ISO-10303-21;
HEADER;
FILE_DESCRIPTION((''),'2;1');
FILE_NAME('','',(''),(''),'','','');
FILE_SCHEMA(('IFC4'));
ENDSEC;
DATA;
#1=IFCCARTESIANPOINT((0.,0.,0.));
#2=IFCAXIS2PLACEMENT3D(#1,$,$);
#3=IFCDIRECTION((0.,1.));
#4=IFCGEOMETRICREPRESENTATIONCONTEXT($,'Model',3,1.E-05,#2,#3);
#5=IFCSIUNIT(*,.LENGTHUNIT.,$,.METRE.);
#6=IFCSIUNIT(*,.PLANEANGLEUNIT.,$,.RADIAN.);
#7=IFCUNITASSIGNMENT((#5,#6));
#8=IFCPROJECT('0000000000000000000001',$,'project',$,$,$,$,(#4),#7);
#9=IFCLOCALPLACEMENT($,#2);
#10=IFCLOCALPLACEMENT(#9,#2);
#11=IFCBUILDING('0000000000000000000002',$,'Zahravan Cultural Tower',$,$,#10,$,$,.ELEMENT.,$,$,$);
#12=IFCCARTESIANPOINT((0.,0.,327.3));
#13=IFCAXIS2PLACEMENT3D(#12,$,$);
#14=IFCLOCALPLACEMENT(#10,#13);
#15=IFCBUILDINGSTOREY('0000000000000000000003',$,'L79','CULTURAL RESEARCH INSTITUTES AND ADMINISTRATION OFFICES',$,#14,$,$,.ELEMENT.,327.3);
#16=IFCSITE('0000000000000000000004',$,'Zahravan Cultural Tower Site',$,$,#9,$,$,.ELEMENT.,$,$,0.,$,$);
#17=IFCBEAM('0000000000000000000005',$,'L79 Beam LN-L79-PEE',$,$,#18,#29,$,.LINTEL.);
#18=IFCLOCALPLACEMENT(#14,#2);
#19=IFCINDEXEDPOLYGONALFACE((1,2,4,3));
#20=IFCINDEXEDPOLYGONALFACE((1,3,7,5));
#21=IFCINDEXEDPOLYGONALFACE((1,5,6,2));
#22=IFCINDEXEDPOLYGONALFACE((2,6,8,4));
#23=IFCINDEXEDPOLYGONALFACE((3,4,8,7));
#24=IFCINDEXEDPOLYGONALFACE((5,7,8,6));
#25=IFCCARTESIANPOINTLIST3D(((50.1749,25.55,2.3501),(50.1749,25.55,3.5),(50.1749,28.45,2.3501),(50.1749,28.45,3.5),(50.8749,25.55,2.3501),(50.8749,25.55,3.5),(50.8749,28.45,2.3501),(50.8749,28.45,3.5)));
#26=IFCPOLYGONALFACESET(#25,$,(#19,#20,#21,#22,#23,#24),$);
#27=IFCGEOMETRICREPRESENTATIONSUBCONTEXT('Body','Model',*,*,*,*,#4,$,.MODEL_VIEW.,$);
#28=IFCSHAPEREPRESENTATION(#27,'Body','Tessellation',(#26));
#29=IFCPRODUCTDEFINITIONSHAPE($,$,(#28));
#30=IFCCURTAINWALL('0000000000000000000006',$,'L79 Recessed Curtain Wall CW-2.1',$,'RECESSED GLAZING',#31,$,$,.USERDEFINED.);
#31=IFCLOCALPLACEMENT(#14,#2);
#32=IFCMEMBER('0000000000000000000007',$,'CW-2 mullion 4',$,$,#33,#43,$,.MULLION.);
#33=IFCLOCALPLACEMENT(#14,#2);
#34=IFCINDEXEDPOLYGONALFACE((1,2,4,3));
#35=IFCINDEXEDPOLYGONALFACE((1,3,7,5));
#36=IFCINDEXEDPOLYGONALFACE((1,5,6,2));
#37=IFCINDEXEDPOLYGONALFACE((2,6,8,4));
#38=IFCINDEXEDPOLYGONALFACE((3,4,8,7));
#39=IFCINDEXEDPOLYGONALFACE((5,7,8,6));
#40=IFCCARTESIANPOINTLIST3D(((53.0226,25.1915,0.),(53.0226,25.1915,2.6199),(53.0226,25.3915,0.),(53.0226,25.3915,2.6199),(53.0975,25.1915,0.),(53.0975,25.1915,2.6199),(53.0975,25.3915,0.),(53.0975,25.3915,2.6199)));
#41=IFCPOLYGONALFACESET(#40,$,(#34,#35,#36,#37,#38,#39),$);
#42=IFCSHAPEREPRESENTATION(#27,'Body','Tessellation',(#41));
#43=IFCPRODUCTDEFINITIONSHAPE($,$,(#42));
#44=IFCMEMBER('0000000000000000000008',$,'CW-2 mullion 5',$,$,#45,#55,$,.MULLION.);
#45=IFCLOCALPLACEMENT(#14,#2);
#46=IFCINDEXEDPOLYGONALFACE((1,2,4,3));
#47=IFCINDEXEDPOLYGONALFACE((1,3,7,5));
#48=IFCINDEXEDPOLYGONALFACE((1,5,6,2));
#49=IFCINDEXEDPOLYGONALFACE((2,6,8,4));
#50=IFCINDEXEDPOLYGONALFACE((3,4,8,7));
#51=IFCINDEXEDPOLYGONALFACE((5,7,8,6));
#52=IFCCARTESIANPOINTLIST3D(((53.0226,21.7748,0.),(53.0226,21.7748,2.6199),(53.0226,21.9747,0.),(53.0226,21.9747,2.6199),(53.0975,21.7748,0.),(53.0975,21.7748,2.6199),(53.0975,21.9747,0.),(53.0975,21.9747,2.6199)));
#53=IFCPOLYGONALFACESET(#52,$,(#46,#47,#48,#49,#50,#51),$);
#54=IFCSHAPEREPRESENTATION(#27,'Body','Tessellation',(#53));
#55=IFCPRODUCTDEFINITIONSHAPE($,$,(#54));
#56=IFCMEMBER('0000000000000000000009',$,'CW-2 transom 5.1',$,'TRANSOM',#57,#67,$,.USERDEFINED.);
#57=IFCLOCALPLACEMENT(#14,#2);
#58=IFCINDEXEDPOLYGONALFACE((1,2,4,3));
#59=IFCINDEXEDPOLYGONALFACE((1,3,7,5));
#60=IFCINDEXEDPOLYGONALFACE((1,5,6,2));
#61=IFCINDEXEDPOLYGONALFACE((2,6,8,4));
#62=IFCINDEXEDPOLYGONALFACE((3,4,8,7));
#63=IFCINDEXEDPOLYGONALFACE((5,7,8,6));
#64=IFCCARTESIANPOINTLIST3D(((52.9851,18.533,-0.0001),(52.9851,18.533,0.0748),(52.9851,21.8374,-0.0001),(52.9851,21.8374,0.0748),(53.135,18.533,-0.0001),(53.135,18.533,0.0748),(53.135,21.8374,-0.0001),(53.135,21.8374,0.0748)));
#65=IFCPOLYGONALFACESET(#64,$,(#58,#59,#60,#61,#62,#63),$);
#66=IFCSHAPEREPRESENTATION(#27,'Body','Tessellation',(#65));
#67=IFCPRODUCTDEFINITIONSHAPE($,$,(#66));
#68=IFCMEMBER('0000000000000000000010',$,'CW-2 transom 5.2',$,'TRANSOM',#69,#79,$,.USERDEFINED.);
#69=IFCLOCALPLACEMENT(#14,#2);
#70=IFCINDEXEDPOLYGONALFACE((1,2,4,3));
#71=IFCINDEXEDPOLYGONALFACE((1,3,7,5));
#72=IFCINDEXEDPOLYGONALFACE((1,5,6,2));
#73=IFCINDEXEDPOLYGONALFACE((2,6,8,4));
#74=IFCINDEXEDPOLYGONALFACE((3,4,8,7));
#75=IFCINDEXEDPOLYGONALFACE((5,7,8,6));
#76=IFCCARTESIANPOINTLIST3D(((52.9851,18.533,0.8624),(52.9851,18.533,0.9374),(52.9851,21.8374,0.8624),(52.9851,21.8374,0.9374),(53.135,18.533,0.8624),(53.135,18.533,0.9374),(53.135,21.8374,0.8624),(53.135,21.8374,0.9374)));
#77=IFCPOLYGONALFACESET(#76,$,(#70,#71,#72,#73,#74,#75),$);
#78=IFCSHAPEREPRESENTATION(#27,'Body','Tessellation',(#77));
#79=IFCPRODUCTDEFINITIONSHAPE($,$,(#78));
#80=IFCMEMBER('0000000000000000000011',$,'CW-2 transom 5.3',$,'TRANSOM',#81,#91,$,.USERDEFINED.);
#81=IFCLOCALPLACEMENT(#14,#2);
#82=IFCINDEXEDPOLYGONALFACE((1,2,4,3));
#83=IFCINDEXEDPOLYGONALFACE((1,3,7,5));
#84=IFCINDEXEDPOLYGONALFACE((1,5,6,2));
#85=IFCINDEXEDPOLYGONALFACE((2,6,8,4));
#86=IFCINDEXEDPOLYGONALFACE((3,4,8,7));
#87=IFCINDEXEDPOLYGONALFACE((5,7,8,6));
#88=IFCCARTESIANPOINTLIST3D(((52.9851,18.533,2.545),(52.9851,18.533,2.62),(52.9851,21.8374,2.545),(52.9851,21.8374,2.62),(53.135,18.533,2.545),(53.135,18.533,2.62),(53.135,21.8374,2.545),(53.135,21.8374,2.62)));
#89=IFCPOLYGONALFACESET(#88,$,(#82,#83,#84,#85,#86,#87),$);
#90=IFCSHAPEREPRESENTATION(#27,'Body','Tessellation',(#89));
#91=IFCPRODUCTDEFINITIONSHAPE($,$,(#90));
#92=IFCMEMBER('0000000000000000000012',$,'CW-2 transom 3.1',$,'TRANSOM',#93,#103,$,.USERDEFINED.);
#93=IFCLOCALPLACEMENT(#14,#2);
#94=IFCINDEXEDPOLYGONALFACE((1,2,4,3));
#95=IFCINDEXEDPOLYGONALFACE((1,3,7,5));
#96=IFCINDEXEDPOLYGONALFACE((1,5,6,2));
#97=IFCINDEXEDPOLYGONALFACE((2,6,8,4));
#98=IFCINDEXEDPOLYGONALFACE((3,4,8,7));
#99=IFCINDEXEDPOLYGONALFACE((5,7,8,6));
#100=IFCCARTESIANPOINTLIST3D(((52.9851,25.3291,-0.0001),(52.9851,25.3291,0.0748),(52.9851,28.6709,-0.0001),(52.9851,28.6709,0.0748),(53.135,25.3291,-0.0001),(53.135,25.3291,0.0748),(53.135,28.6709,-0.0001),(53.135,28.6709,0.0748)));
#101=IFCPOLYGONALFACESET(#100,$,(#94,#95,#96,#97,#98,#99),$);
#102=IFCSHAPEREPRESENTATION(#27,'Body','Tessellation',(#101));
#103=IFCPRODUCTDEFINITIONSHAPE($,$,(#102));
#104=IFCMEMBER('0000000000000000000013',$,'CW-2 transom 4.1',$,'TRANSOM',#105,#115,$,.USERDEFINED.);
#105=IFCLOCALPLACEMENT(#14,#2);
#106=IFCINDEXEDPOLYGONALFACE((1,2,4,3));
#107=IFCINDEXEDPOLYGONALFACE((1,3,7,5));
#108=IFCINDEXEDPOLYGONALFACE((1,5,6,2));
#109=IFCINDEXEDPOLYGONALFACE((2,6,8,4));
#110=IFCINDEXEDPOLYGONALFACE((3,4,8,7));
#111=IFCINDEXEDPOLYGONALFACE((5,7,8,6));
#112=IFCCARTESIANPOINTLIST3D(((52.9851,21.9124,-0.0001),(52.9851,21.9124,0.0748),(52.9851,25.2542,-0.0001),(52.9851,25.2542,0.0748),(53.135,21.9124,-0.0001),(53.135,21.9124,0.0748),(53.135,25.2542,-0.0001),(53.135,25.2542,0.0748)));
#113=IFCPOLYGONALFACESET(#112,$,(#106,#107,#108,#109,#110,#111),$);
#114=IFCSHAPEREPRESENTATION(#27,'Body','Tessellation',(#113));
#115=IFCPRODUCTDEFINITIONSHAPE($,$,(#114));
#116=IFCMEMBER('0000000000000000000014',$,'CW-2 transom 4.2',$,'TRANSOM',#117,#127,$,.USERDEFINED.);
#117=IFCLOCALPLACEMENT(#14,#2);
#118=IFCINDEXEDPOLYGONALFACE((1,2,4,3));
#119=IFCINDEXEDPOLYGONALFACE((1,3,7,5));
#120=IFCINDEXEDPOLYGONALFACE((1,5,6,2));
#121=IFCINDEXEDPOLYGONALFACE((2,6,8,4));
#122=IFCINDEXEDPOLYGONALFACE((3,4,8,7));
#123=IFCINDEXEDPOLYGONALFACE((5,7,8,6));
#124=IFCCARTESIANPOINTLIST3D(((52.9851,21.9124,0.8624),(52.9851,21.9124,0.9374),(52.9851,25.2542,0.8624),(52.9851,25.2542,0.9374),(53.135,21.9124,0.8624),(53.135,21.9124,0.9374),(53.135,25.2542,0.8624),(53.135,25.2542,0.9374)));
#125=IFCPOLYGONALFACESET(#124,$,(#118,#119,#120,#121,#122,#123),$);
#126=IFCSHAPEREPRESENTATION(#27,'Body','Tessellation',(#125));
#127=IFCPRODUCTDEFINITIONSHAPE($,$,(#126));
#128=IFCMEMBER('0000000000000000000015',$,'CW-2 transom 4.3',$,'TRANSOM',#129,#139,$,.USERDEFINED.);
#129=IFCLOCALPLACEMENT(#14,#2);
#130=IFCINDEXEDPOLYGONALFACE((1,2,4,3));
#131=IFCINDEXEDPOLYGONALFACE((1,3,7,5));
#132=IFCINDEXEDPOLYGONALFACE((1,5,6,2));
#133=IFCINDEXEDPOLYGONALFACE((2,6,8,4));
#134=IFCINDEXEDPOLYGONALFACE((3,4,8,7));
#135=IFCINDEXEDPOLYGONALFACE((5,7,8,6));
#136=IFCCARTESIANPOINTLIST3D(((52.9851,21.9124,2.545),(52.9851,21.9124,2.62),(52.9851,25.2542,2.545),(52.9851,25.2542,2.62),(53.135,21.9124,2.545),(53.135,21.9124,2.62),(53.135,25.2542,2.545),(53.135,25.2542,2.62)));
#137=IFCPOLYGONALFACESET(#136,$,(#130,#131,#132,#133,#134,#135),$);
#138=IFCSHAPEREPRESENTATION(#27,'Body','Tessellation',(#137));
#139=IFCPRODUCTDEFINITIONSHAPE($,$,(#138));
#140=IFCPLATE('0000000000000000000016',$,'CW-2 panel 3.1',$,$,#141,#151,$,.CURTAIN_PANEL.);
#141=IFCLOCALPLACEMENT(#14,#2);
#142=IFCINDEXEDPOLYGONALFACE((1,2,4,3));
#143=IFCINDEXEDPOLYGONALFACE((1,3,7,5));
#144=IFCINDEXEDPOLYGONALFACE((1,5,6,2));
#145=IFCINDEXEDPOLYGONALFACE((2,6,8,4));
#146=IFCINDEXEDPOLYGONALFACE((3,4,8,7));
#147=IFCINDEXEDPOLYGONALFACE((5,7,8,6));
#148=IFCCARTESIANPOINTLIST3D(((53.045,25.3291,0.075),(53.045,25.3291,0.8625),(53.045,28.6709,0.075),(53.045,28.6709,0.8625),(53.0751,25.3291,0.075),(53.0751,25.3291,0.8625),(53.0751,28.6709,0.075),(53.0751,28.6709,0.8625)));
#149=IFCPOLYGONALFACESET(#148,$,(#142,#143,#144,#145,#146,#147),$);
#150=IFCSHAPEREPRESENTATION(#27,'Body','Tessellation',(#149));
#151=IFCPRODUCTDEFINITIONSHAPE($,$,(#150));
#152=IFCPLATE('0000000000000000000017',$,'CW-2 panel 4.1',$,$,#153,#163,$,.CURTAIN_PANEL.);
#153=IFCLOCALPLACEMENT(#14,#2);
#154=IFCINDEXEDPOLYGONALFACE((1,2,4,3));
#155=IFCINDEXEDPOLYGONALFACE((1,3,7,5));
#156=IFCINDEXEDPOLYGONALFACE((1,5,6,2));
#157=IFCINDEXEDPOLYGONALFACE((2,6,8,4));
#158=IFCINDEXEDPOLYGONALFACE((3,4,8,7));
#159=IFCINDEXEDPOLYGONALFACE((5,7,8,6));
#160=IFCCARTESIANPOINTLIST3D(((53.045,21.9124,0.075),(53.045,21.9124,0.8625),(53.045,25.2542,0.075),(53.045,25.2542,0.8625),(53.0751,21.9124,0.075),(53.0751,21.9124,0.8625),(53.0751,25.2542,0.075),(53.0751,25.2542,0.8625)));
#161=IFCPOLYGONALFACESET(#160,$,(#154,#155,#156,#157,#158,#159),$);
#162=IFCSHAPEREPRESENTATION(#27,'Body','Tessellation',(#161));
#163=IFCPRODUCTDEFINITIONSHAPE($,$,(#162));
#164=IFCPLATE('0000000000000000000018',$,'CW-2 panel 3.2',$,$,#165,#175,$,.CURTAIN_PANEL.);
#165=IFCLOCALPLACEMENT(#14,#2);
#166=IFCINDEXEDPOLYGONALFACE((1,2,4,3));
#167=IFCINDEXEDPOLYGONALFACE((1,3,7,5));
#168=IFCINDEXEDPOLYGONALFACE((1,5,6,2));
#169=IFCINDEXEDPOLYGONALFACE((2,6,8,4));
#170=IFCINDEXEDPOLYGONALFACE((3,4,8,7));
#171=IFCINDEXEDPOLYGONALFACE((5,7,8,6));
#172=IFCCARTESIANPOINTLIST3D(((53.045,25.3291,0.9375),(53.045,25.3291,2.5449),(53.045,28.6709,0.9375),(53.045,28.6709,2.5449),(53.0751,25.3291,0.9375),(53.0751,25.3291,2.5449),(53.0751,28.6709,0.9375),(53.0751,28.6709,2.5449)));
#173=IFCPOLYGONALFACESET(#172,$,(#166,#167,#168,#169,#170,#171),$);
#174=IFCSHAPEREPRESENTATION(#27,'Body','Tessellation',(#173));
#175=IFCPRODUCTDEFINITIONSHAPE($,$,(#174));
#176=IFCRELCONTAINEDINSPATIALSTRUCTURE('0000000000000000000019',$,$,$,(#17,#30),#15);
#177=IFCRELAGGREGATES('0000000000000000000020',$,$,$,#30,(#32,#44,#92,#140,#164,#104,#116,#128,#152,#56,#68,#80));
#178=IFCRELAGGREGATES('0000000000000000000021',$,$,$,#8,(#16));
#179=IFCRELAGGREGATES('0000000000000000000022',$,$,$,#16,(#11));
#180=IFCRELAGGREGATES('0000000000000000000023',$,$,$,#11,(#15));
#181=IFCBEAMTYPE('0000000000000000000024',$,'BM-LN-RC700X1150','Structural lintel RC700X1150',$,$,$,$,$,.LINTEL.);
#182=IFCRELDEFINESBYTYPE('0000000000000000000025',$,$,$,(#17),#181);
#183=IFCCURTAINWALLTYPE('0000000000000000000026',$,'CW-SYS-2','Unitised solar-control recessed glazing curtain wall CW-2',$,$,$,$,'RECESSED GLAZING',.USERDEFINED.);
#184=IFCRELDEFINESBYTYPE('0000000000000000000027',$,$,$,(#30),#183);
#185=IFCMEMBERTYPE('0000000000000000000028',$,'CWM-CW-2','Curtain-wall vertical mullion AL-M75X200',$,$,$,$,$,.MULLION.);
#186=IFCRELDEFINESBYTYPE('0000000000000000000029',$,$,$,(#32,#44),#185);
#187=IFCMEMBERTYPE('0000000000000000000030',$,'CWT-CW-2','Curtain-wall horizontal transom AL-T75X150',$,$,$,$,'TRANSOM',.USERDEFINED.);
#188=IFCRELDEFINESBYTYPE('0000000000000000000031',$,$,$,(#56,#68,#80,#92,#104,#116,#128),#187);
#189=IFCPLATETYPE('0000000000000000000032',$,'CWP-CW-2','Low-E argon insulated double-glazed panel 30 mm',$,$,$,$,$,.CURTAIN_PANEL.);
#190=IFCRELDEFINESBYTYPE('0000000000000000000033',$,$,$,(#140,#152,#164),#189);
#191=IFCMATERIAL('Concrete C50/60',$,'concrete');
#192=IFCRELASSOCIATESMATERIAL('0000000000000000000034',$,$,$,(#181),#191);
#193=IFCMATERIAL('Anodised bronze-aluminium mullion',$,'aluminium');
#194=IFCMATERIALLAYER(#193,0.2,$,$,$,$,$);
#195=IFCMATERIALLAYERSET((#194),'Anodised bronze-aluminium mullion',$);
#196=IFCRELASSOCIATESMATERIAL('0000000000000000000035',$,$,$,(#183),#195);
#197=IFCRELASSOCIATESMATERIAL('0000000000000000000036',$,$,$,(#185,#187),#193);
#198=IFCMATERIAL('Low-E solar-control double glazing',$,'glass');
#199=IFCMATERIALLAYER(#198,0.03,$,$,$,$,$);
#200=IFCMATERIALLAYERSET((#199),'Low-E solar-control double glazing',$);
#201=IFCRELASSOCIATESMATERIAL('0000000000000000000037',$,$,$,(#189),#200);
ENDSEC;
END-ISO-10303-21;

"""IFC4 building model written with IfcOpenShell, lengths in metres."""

from ifc_helpers import new_model, si_unit, direction, frame, origin, origin_2d, place, context, subcontext, project, spatial, rectangle, extrude, source, transform, mapped, material, layer, layer_set, material_profile, profile_set, type_object, element, aggregate, save


model = new_model("IFC4")

# Units and contexts
model_context = context("Model", 3, precision=1e-05, world=origin(), true_north=direction((0.0, 1.0)))
body_context = subcontext(model_context, "Body", "Model", "MODEL_VIEW")
ifc_project = project(units=[si_unit("LENGTHUNIT", "METRE"), si_unit("PLANEANGLEUNIT", "RADIAN")], contexts=[model_context])

# Site, building, storey
site_placement = place(None, origin())
site = spatial("IfcSite", under=ifc_project, at=site_placement, Name="Zahravan Cultural Tower Site", CompositionType="ELEMENT", RefElevation=0.0)
building_placement = place(site_placement, origin())
building = spatial("IfcBuilding", under=site, at=building_placement, Name="Zahravan Cultural Tower", CompositionType="ELEMENT")
storey_placement = place(building_placement, frame((0.0, 0.0, 327.3)))
storey = spatial("IfcBuildingStorey", under=building, at=storey_placement, Name="L79", Description="CULTURAL RESEARCH INSTITUTES AND ADMINISTRATION OFFICES", CompositionType="ELEMENT", Elevation=327.3)

# Beam
ifc_material_1 = material(Name="Concrete C50/60", Category="concrete")
ifc_material_profile_1 = material_profile(ifc_material_1, rectangle(XDim=0.7, YDim=1.1499, at=origin_2d()), Name="RC700X1150")
ifc_profile_set_1 = profile_set([ifc_material_profile_1], Name="Concrete C50/60")
beam_type = type_object("IfcBeamType", Name="BM-LN-RC700X1150", Description="Structural lintel RC700X1150", PredefinedType="LINTEL", material=ifc_profile_set_1)
shared_shape_1 = source(origin(), body_context, "Body", "SweptSolid", [
    extrude(rectangle(XDim=0.7, YDim=1.1499, at=origin_2d()), origin(), (0.0, 0.0, 1.0), 2.8999),
])
beam_placement = place(storey_placement, frame((50.5249, 25.55, 2.925), z_axis=(0.0, 1.0, 0.0), x_axis=(-1.0, 0.0, 0.0)))
element("IfcBeam", 1, at=beam_placement, inside=storey, type_object=beam_type, Name="L79 Beam LN-L79-PEE", PredefinedType="LINTEL", context=body_context, shape_type="MappedRepresentation", body=[
    mapped(shared_shape_1, transform((0.0, 0.0, 0.0), x_axis=(1.0, 0.0, 0.0), y_axis=(0.0, 1.0, 0.0), z_axis=(0.0, 0.0, 1.0), scale=1.0)),
])

# Curtain wall, members, plates
ifc_material_2 = material(Name="Anodised bronze-aluminium mullion", Category="aluminium")
ifc_layer_1 = layer(ifc_material_2, 0.2)
ifc_layer_set_1 = layer_set([ifc_layer_1], Name="Anodised bronze-aluminium mullion")
curtain_wall_type = type_object("IfcCurtainWallType", Name="CW-SYS-2", Description="Unitised solar-control recessed glazing curtain wall CW-2", ElementType="RECESSED GLAZING", PredefinedType="USERDEFINED", material=ifc_layer_set_1)
curtain_wall_placement = place(storey_placement, origin())
curtain_wall = element("IfcCurtainWall", 2, at=curtain_wall_placement, inside=storey, type_object=curtain_wall_type, Name="L79 Recessed Curtain Wall CW-2.1", ObjectType="RECESSED GLAZING", PredefinedType="USERDEFINED")
ifc_material_profile_2 = material_profile(ifc_material_2, rectangle(XDim=0.075, YDim=0.2, at=origin_2d()), Name="AL-M75X200")
ifc_profile_set_2 = profile_set([ifc_material_profile_2], Name="Anodised bronze-aluminium mullion")
member_type_1 = type_object("IfcMemberType", Name="CWM-CW-2", Description="Curtain-wall vertical mullion AL-M75X200", PredefinedType="MULLION", material=ifc_profile_set_2)
shared_shape_2 = source(origin(), body_context, "Body", "SweptSolid", [
    extrude(rectangle(XDim=0.075, YDim=0.2, at=origin_2d()), origin(), (0.0, 0.0, 1.0), 2.6199),
])
member_1_placement = place(storey_placement, frame((53.0601, 25.2915, 0.0), z_axis=(0.0, 0.0, 1.0), x_axis=(1.0, 0.0, 0.0)))
member_1 = element("IfcMember", 3, at=member_1_placement, type_object=member_type_1, Name="CW-2 mullion 4", PredefinedType="MULLION", context=body_context, shape_type="MappedRepresentation", body=[
    mapped(shared_shape_2, transform((0.0, 0.0, 0.0), x_axis=(1.0, 0.0, 0.0), y_axis=(0.0, 1.0, 0.0), z_axis=(0.0, 0.0, 1.0), scale=1.0)),
])
member_2_placement = place(storey_placement, frame((53.0601, 21.8748, 0.0), z_axis=(0.0, 0.0, 1.0), x_axis=(1.0, 0.0, 0.0)))
member_2 = element("IfcMember", 4, at=member_2_placement, type_object=member_type_1, Name="CW-2 mullion 5", PredefinedType="MULLION", context=body_context, shape_type="MappedRepresentation", body=[
    mapped(shared_shape_2, transform((0.0, 0.0, 0.0), x_axis=(1.0, 0.0, 0.0), y_axis=(0.0, 1.0, 0.0), z_axis=(0.0, 0.0, 1.0), scale=1.0)),
])
ifc_material_profile_3 = material_profile(ifc_material_2, rectangle(XDim=0.1499, YDim=0.075, at=origin_2d()), Name="AL-T75X150")
ifc_profile_set_3 = profile_set([ifc_material_profile_3], Name="Anodised bronze-aluminium mullion")
member_type_2 = type_object("IfcMemberType", Name="CWT-CW-2", Description="Curtain-wall horizontal transom AL-T75X150", ElementType="TRANSOM", PredefinedType="USERDEFINED", material=ifc_profile_set_3)
shared_shape_3 = source(origin(), body_context, "Body", "SweptSolid", [
    extrude(rectangle(XDim=0.1499, YDim=0.075, at=origin_2d()), origin(), (0.0, 0.0, 1.0), 3.3044),
])
member_3_placement = place(storey_placement, frame((53.0601, 21.8374, 0.0374), z_axis=(0.0, -1.0, 0.0), x_axis=(1.0, 0.0, 0.0)))
member_3 = element("IfcMember", 5, at=member_3_placement, type_object=member_type_2, Name="CW-2 transom 5.1", ObjectType="TRANSOM", PredefinedType="USERDEFINED", context=body_context, shape_type="MappedRepresentation", body=[
    mapped(shared_shape_3, transform((0.0, 0.0, 0.0), x_axis=(1.0, 0.0, 0.0), y_axis=(0.0, 1.0, 0.0), z_axis=(0.0, 0.0, 1.0), scale=1.0)),
])
member_4_placement = place(storey_placement, frame((53.0601, 21.8374, 0.8999), z_axis=(0.0, -1.0, 0.0), x_axis=(1.0, 0.0, 0.0)))
member_4 = element("IfcMember", 6, at=member_4_placement, type_object=member_type_2, Name="CW-2 transom 5.2", ObjectType="TRANSOM", PredefinedType="USERDEFINED", context=body_context, shape_type="MappedRepresentation", body=[
    mapped(shared_shape_3, transform((0.0, 0.0, 0.0), x_axis=(1.0, 0.0, 0.0), y_axis=(0.0, 1.0, 0.0), z_axis=(0.0, 0.0, 1.0), scale=1.0)),
])
member_5_placement = place(storey_placement, frame((53.0601, 21.8374, 2.5825), z_axis=(0.0, -1.0, 0.0), x_axis=(1.0, 0.0, 0.0)))
member_5 = element("IfcMember", 7, at=member_5_placement, type_object=member_type_2, Name="CW-2 transom 5.3", ObjectType="TRANSOM", PredefinedType="USERDEFINED", context=body_context, shape_type="MappedRepresentation", body=[
    mapped(shared_shape_3, transform((0.0, 0.0, 0.0), x_axis=(1.0, 0.0, 0.0), y_axis=(0.0, 1.0, 0.0), z_axis=(0.0, 0.0, 1.0), scale=1.0)),
])
shared_shape_4 = source(origin(), body_context, "Body", "SweptSolid", [
    extrude(rectangle(XDim=0.1499, YDim=0.075, at=origin_2d()), origin(), (0.0, 0.0, 1.0), 3.3418),
])
member_6_placement = place(storey_placement, frame((53.0601, 28.6709, 0.0374), z_axis=(0.0, -1.0, 0.0), x_axis=(1.0, 0.0, 0.0)))
member_6 = element("IfcMember", 8, at=member_6_placement, type_object=member_type_2, Name="CW-2 transom 3.1", ObjectType="TRANSOM", PredefinedType="USERDEFINED", context=body_context, shape_type="MappedRepresentation", body=[
    mapped(shared_shape_4, transform((0.0, 0.0, 0.0), x_axis=(1.0, 0.0, 0.0), y_axis=(0.0, 1.0, 0.0), z_axis=(0.0, 0.0, 1.0), scale=1.0)),
])
member_7_placement = place(storey_placement, frame((53.0601, 25.2542, 0.0374), z_axis=(0.0, -1.0, 0.0), x_axis=(1.0, 0.0, 0.0)))
member_7 = element("IfcMember", 9, at=member_7_placement, type_object=member_type_2, Name="CW-2 transom 4.1", ObjectType="TRANSOM", PredefinedType="USERDEFINED", context=body_context, shape_type="MappedRepresentation", body=[
    mapped(shared_shape_4, transform((0.0, 0.0, 0.0), x_axis=(1.0, 0.0, 0.0), y_axis=(0.0, 1.0, 0.0), z_axis=(0.0, 0.0, 1.0), scale=1.0)),
])
member_8_placement = place(storey_placement, frame((53.0601, 25.2542, 0.8999), z_axis=(0.0, -1.0, 0.0), x_axis=(1.0, 0.0, 0.0)))
member_8 = element("IfcMember", 10, at=member_8_placement, type_object=member_type_2, Name="CW-2 transom 4.2", ObjectType="TRANSOM", PredefinedType="USERDEFINED", context=body_context, shape_type="MappedRepresentation", body=[
    mapped(shared_shape_4, transform((0.0, 0.0, 0.0), x_axis=(1.0, 0.0, 0.0), y_axis=(0.0, 1.0, 0.0), z_axis=(0.0, 0.0, 1.0), scale=1.0)),
])
member_9_placement = place(storey_placement, frame((53.0601, 25.2542, 2.5825), z_axis=(0.0, -1.0, 0.0), x_axis=(1.0, 0.0, 0.0)))
member_9 = element("IfcMember", 11, at=member_9_placement, type_object=member_type_2, Name="CW-2 transom 4.3", ObjectType="TRANSOM", PredefinedType="USERDEFINED", context=body_context, shape_type="MappedRepresentation", body=[
    mapped(shared_shape_4, transform((0.0, 0.0, 0.0), x_axis=(1.0, 0.0, 0.0), y_axis=(0.0, 1.0, 0.0), z_axis=(0.0, 0.0, 1.0), scale=1.0)),
])
ifc_material_3 = material(Name="Low-E solar-control double glazing", Category="glass")
ifc_layer_2 = layer(ifc_material_3, 0.03)
ifc_layer_set_2 = layer_set([ifc_layer_2], Name="Low-E solar-control double glazing")
plate_type = type_object("IfcPlateType", Name="CWP-CW-2", Description="Low-E argon insulated double-glazed panel 30 mm", PredefinedType="CURTAIN_PANEL", material=ifc_layer_set_2)
shared_shape_5 = source(origin(), body_context, "Body", "SweptSolid", [
    extrude(rectangle(XDim=3.3418, YDim=0.03, at=origin_2d()), origin(), (0.0, 0.0, 1.0), 0.7876),
])
plate_1_placement = place(storey_placement, frame((53.0601, 27.0, 0.075), z_axis=(0.0, 0.0, 1.0), x_axis=(0.0, -1.0, 0.0)))
plate_1 = element("IfcPlate", 12, at=plate_1_placement, type_object=plate_type, Name="CW-2 panel 3.1", PredefinedType="CURTAIN_PANEL", context=body_context, shape_type="MappedRepresentation", body=[
    mapped(shared_shape_5, transform((0.0, 0.0, 0.0), x_axis=(1.0, 0.0, 0.0), y_axis=(0.0, 1.0, 0.0), z_axis=(0.0, 0.0, 1.0), scale=1.0)),
])
plate_2_placement = place(storey_placement, frame((53.0601, 23.5833, 0.075), z_axis=(0.0, 0.0, 1.0), x_axis=(0.0, -1.0, 0.0)))
plate_2 = element("IfcPlate", 13, at=plate_2_placement, type_object=plate_type, Name="CW-2 panel 4.1", PredefinedType="CURTAIN_PANEL", context=body_context, shape_type="MappedRepresentation", body=[
    mapped(shared_shape_5, transform((0.0, 0.0, 0.0), x_axis=(1.0, 0.0, 0.0), y_axis=(0.0, 1.0, 0.0), z_axis=(0.0, 0.0, 1.0), scale=1.0)),
])
shared_shape_6 = source(origin(), body_context, "Body", "SweptSolid", [
    extrude(rectangle(XDim=3.3418, YDim=0.03, at=origin_2d()), origin(), (0.0, 0.0, 1.0), 1.6074),
])
plate_3_placement = place(storey_placement, frame((53.0601, 27.0, 0.9375), z_axis=(0.0, 0.0, 1.0), x_axis=(0.0, -1.0, 0.0)))
plate_3 = element("IfcPlate", 14, at=plate_3_placement, type_object=plate_type, Name="CW-2 panel 3.2", PredefinedType="CURTAIN_PANEL", context=body_context, shape_type="MappedRepresentation", body=[
    mapped(shared_shape_6, transform((0.0, 0.0, 0.0), x_axis=(1.0, 0.0, 0.0), y_axis=(0.0, 1.0, 0.0), z_axis=(0.0, 0.0, 1.0), scale=1.0)),
])
aggregate(curtain_wall, [member_1, member_2, member_6, plate_1, plate_3, member_7, member_8, member_9, plate_2, member_3, member_4, member_5])

save(model, "model.ifc")
